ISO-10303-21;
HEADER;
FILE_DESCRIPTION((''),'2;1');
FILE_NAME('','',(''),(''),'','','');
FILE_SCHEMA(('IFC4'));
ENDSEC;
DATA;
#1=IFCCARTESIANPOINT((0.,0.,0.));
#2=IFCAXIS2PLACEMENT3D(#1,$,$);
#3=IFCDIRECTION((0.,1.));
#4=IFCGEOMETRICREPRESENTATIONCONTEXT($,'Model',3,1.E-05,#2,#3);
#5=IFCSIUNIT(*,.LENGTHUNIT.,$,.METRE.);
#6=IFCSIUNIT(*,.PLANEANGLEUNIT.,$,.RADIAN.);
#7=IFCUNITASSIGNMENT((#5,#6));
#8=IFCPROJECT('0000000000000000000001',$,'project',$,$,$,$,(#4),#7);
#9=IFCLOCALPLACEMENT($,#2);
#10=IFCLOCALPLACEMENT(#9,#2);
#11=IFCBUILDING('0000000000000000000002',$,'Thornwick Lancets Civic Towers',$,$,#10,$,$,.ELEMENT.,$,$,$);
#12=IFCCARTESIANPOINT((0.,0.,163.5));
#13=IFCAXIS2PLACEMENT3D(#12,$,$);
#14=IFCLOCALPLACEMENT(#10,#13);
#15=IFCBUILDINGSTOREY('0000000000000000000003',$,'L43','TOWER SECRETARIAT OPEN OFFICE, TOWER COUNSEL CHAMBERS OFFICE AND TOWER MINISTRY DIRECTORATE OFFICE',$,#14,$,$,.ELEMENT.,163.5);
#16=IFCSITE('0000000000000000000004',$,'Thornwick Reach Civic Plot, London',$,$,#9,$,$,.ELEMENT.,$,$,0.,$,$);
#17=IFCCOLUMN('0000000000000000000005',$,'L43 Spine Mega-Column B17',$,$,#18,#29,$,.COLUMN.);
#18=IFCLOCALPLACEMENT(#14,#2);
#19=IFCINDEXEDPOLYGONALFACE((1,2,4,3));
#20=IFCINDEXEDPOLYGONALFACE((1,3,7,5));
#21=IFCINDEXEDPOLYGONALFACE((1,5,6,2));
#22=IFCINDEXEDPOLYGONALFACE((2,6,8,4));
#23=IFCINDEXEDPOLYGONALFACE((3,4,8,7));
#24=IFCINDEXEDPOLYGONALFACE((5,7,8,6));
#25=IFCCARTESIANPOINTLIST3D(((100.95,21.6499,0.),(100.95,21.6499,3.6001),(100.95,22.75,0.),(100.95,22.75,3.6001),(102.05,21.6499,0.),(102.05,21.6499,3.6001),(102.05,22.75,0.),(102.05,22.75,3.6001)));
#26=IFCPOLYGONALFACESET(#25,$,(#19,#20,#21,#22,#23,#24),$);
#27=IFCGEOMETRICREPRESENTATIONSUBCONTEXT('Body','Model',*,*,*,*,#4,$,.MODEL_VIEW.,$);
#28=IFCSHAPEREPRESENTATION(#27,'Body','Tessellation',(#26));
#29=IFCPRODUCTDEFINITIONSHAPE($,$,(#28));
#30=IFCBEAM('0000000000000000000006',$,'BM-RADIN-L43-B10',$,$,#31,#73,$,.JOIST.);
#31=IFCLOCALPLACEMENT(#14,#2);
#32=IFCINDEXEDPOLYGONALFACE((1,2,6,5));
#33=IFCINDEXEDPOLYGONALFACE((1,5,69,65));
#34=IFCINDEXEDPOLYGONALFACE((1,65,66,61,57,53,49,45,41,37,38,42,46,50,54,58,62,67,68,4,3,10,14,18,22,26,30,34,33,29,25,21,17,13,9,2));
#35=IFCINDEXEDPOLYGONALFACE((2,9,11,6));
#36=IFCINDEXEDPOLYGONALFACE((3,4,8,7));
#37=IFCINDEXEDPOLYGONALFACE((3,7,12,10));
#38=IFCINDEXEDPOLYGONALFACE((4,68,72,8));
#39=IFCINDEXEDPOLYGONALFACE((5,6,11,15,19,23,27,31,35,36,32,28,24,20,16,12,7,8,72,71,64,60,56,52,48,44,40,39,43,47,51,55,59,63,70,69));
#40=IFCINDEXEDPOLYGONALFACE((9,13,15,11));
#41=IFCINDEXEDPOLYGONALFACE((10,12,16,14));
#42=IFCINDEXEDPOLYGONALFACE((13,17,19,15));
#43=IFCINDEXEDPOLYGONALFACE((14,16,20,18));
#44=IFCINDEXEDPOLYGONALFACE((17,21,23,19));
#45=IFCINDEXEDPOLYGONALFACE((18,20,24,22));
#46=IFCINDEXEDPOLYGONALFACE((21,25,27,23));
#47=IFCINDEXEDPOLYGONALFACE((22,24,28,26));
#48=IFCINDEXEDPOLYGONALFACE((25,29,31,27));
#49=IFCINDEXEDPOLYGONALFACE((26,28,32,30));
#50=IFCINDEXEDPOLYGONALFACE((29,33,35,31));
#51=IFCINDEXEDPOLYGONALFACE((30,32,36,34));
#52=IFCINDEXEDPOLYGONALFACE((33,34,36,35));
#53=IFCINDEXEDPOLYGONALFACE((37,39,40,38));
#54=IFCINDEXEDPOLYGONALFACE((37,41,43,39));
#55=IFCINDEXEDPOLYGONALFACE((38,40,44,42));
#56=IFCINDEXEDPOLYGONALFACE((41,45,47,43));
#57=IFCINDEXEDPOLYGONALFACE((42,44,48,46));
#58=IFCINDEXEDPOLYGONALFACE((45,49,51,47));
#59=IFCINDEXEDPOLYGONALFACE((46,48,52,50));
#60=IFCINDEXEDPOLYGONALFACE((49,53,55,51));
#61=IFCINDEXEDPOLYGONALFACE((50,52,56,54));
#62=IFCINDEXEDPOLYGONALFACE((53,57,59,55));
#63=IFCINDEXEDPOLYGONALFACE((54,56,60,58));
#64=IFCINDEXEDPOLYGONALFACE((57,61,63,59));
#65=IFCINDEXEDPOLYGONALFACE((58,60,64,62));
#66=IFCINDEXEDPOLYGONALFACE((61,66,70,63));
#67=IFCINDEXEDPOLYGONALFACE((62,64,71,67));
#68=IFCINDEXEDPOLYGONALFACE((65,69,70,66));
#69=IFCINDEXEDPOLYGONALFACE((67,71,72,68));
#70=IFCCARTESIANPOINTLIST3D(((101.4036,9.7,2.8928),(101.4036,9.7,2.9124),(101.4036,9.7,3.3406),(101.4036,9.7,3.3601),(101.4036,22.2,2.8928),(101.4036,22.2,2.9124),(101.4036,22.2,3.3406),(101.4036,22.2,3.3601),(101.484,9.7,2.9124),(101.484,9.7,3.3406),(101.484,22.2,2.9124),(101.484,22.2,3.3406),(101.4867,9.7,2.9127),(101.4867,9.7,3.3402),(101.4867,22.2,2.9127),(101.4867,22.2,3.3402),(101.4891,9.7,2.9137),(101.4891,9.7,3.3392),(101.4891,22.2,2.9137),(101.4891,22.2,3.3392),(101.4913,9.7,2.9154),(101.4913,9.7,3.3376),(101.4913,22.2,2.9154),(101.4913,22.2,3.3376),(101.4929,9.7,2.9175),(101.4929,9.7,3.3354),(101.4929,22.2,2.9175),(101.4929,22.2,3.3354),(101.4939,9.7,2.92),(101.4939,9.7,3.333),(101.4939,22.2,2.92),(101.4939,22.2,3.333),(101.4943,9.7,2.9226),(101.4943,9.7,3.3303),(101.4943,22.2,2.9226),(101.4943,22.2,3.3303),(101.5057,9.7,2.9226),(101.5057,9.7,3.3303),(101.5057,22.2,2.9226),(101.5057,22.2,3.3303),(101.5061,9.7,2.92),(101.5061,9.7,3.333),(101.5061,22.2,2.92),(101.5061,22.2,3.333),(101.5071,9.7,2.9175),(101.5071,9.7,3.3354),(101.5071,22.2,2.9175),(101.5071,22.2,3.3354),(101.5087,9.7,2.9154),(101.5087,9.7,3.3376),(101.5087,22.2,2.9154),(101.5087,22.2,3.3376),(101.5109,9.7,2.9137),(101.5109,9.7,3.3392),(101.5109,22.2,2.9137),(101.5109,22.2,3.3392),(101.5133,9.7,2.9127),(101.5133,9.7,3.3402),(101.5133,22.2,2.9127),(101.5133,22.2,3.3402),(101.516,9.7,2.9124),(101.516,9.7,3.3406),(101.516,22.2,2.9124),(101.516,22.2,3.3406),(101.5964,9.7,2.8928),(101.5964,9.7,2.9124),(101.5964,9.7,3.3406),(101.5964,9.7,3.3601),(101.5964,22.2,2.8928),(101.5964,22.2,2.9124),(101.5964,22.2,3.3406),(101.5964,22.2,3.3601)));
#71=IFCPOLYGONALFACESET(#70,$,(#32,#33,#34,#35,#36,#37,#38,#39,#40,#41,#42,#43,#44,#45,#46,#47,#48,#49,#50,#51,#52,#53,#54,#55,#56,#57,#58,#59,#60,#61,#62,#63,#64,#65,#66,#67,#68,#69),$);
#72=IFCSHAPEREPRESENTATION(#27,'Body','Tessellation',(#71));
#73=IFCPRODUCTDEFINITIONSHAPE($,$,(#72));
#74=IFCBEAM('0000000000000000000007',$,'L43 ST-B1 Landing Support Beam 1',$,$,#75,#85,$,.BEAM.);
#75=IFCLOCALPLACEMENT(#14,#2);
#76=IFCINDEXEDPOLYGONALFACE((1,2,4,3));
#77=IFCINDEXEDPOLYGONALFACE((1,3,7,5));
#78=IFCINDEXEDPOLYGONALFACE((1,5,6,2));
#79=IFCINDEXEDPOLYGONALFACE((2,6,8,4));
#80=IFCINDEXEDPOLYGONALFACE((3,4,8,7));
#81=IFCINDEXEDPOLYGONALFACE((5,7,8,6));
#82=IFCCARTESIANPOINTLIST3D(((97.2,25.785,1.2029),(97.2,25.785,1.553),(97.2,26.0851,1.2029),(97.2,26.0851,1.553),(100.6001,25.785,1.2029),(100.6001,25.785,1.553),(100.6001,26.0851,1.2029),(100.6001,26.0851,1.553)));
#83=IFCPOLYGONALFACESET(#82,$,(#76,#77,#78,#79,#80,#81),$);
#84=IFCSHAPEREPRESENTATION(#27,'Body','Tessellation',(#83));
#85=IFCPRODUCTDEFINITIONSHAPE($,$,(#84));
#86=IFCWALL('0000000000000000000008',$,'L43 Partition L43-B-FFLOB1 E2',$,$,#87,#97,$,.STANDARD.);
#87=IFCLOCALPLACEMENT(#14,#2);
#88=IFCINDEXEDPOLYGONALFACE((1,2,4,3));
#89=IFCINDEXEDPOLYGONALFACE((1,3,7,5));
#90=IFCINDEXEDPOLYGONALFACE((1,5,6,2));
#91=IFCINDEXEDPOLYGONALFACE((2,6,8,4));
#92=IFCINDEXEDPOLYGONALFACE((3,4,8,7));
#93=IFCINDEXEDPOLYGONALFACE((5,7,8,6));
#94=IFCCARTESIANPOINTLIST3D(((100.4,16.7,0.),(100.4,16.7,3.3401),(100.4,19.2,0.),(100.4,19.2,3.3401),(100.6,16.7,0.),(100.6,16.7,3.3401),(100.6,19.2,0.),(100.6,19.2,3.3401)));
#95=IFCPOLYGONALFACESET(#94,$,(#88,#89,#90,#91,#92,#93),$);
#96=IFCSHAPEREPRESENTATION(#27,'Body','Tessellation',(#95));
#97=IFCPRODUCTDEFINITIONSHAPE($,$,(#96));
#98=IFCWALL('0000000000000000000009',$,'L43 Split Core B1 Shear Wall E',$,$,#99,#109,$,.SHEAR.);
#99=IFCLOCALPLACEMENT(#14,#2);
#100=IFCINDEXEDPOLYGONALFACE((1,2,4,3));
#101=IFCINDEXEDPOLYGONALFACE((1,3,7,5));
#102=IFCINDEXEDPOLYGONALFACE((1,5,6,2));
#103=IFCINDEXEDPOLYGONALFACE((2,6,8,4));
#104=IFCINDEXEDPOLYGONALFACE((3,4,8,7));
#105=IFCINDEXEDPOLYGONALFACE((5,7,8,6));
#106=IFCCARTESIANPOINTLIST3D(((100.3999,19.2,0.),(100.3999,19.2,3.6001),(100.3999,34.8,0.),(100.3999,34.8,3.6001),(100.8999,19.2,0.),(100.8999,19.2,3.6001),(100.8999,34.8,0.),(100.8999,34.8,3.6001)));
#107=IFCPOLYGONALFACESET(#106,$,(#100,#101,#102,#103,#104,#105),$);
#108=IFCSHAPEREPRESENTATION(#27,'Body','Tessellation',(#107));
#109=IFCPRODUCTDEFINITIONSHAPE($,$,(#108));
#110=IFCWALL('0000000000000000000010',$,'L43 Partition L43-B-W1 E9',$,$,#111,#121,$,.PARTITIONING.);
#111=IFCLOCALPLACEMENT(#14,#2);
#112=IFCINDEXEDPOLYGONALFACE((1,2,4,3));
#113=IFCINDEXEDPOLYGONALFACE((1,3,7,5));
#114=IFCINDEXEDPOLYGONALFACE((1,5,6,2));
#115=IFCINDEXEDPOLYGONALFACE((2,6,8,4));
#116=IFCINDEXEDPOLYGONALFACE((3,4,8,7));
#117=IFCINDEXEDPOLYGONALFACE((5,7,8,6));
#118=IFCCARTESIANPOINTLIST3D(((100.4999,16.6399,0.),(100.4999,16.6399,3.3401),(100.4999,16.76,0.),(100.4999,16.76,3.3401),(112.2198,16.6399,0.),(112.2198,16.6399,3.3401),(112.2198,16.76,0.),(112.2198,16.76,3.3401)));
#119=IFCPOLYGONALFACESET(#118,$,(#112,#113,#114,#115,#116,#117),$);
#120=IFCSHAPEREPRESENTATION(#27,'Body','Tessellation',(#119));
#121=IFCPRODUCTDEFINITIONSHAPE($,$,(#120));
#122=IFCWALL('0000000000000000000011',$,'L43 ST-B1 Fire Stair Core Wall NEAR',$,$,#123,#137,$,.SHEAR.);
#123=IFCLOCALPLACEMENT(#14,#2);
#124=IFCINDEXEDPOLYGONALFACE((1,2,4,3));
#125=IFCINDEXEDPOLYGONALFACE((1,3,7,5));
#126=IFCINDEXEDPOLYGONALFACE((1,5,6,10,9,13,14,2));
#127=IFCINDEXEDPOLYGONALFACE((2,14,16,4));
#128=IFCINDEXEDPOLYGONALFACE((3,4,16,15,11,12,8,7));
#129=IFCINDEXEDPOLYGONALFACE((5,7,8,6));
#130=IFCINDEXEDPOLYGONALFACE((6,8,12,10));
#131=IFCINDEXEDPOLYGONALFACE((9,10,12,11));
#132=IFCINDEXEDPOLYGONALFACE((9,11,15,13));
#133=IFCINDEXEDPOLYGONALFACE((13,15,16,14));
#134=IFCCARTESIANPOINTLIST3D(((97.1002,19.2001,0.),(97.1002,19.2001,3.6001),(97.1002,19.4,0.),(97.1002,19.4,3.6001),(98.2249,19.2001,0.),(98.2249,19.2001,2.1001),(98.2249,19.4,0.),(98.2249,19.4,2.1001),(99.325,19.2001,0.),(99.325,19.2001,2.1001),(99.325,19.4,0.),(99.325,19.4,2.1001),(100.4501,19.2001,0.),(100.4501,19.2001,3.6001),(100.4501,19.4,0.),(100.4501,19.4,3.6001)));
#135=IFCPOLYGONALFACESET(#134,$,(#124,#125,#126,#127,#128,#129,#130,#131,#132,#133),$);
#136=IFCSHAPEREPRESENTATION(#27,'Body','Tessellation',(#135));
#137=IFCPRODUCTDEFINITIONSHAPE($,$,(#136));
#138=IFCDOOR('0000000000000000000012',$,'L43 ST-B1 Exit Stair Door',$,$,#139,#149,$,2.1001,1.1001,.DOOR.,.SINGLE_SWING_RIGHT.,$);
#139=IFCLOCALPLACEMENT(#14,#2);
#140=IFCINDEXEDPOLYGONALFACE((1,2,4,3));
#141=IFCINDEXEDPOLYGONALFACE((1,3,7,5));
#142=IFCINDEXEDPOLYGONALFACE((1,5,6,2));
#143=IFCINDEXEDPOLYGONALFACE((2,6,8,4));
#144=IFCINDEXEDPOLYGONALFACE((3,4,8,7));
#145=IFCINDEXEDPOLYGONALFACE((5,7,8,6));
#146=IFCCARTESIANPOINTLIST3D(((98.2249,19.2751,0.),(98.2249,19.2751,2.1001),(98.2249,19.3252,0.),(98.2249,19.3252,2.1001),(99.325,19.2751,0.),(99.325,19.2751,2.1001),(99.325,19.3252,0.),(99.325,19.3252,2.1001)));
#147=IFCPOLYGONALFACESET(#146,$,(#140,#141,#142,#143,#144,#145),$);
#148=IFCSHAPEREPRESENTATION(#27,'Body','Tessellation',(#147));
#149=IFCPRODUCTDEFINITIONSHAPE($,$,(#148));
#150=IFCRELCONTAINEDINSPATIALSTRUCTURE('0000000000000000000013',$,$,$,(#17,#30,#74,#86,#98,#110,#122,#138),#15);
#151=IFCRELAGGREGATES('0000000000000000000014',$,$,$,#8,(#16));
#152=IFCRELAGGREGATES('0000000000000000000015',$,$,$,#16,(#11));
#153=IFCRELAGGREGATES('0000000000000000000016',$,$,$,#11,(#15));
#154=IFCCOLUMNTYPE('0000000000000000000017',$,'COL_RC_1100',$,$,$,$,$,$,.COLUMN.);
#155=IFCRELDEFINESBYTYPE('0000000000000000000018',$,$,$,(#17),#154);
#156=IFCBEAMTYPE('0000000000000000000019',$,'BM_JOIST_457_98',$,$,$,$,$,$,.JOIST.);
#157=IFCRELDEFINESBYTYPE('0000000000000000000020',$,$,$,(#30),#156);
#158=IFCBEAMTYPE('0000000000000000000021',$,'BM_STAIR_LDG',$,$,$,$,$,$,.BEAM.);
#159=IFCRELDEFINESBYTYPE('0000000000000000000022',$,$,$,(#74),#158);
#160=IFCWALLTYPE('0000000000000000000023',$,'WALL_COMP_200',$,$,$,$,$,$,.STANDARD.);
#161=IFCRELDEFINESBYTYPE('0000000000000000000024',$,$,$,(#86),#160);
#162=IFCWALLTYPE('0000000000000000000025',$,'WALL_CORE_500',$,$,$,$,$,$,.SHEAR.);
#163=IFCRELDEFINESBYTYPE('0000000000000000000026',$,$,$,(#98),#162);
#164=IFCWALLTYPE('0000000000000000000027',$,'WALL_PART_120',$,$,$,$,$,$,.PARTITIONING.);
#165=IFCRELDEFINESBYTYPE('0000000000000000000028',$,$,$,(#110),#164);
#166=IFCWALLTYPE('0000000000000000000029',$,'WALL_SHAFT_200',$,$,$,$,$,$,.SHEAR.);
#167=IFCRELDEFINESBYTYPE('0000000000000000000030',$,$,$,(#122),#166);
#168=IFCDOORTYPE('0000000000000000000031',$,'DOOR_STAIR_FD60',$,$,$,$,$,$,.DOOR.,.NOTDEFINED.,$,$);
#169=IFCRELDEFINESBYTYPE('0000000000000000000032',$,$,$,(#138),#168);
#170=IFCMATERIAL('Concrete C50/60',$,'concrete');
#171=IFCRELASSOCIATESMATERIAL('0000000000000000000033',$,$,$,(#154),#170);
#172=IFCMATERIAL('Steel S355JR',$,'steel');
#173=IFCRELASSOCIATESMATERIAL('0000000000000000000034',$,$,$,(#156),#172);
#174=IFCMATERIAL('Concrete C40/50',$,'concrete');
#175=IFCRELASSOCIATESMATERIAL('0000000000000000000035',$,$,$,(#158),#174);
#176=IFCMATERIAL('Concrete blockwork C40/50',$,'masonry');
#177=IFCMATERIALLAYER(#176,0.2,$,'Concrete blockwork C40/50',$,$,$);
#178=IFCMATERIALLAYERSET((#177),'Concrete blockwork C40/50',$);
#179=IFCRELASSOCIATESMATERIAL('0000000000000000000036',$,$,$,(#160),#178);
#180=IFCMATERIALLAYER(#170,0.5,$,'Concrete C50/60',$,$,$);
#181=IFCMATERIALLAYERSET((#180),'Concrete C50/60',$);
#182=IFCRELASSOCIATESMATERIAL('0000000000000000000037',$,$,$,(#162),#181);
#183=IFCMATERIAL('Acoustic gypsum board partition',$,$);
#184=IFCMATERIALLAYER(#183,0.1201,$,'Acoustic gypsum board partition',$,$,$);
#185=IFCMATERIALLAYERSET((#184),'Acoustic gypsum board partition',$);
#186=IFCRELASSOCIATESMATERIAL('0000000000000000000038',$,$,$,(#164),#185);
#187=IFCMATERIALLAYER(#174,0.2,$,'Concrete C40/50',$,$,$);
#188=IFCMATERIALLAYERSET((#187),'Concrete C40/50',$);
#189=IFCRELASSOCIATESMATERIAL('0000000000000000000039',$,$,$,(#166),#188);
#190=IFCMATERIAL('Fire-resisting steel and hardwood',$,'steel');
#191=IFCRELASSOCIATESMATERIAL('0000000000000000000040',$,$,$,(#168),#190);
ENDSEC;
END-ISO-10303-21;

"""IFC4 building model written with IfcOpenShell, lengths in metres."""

from ifc_helpers import new_model, si_unit, direction, frame, frame_2d, origin, origin_2d, place, context, subcontext, project, spatial, rectangle, i_section, extrude, material, layer, layer_set, material_profile, profile_set, type_object, element, fill, save


model = new_model("IFC4")

# Units and contexts
model_context = context("Model", 3, precision=1e-05, world=origin(), true_north=direction((0.0, 1.0)))
body_context = subcontext(model_context, "Body", "Model", "MODEL_VIEW")
ifc_project = project(units=[si_unit("LENGTHUNIT", "METRE"), si_unit("PLANEANGLEUNIT", "RADIAN")], contexts=[model_context])

# Site, building, storey
site_placement = place(None, origin())
site = spatial("IfcSite", under=ifc_project, at=site_placement, Name="Thornwick Reach Civic Plot, London", CompositionType="ELEMENT", RefElevation=0.0)
building_placement = place(site_placement, origin())
building = spatial("IfcBuilding", under=site, at=building_placement, Name="Thornwick Lancets Civic Towers", CompositionType="ELEMENT")
storey_placement = place(building_placement, frame((0.0, 0.0, 163.5)))
storey = spatial("IfcBuildingStorey", under=building, at=storey_placement, Name="L43", Description="TOWER SECRETARIAT OPEN OFFICE, TOWER COUNSEL CHAMBERS OFFICE AND TOWER MINISTRY DIRECTORATE OFFICE", CompositionType="ELEMENT", Elevation=163.5)

# Column
ifc_material_1 = material(Name="Concrete C50/60", Category="concrete")
ifc_material_profile_1 = material_profile(ifc_material_1, rectangle(XDim=1.1001, YDim=1.1001, at=origin_2d()), Name="RC 1100x1100")
ifc_profile_set_1 = profile_set([ifc_material_profile_1], Name="Concrete C50/60")
column_type = type_object("IfcColumnType", Name="COL_RC_1100", PredefinedType="COLUMN", material=ifc_profile_set_1)
column_placement = place(storey_placement, frame((101.5, 22.2, 0.0), z_axis=(0.0, 0.0, 1.0), x_axis=(1.0, 0.0, 0.0)))
element("IfcColumn", 1, at=column_placement, inside=storey, type_object=column_type, Name="L43 Spine Mega-Column B17", PredefinedType="COLUMN", context=body_context, shape_type="SweptSolid", body=[
    extrude(rectangle(XDim=1.1001, YDim=1.1001, at=origin_2d()), origin(), (0.0, 0.0, 1.0), 3.6001),
])

# Beams
ifc_material_2 = material(Name="Steel S355JR", Category="steel")
ifc_material_profile_2 = material_profile(ifc_material_2, i_section(OverallWidth=0.1929, OverallDepth=0.4673, WebThickness=0.0115, FlangeThickness=0.0195, FilletRadius=0.0103, at=origin_2d()), Name="UKB 457x191x98")
ifc_profile_set_2 = profile_set([ifc_material_profile_2], Name="Steel S355JR")
beam_type_1 = type_object("IfcBeamType", Name="BM_JOIST_457_98", PredefinedType="JOIST", material=ifc_profile_set_2)
beam_1_placement = place(storey_placement, frame((101.5, 22.2, 3.1265), z_axis=(0.0, -1.0, 0.0), x_axis=(1.0, 0.0, 0.0)))
element("IfcBeam", 2, at=beam_1_placement, inside=storey, type_object=beam_type_1, Name="BM-RADIN-L43-B10", PredefinedType="JOIST", context=body_context, shape_type="SweptSolid", body=[
    extrude(i_section(OverallWidth=0.1929, OverallDepth=0.4673, WebThickness=0.0115, FlangeThickness=0.0195, FilletRadius=0.0103, at=origin_2d()), origin(), (0.0, 0.0, 1.0), 12.5),
])
ifc_material_3 = material(Name="Concrete C40/50", Category="concrete")
ifc_material_profile_3 = material_profile(ifc_material_3, rectangle(XDim=0.3, YDim=0.3501, at=origin_2d()), Name="RC 300x350")
ifc_profile_set_3 = profile_set([ifc_material_profile_3], Name="Concrete C40/50")
beam_type_2 = type_object("IfcBeamType", Name="BM_STAIR_LDG", PredefinedType="BEAM", material=ifc_profile_set_3)
beam_2_placement = place(storey_placement, frame((100.6001, 25.9351, 1.3779), z_axis=(-1.0, 0.0, 0.0), x_axis=(0.0, -1.0, 0.0)))
element("IfcBeam", 3, at=beam_2_placement, inside=storey, type_object=beam_type_2, Name="L43 ST-B1 Landing Support Beam 1", PredefinedType="BEAM", context=body_context, shape_type="SweptSolid", body=[
    extrude(rectangle(XDim=0.3, YDim=0.3501, at=origin_2d()), origin(), (0.0, 0.0, 1.0), 3.4001),
])

# Walls
ifc_material_4 = material(Name="Concrete blockwork C40/50", Category="masonry")
ifc_layer_1 = layer(ifc_material_4, 0.2, Name="Concrete blockwork C40/50")
ifc_layer_set_1 = layer_set([ifc_layer_1], Name="Concrete blockwork C40/50")
wall_type_1 = type_object("IfcWallType", Name="WALL_COMP_200", PredefinedType="STANDARD", material=ifc_layer_set_1)
wall_1_placement = place(storey_placement, frame((100.5, 16.7, 0.0), z_axis=(0.0, 0.0, 1.0), x_axis=(0.0, 1.0, 0.0)))
element("IfcWall", 4, at=wall_1_placement, inside=storey, type_object=wall_type_1, Name="L43 Partition L43-B-FFLOB1 E2", PredefinedType="STANDARD", context=body_context, shape_type="SweptSolid", body=[
    extrude(rectangle(XDim=2.5, YDim=0.2, at=frame_2d((1.25, 0.0))), origin(), (0.0, 0.0, 1.0), 3.3401),
])
ifc_layer_2 = layer(ifc_material_1, 0.5, Name="Concrete C50/60")
ifc_layer_set_2 = layer_set([ifc_layer_2], Name="Concrete C50/60")
wall_type_2 = type_object("IfcWallType", Name="WALL_CORE_500", PredefinedType="SHEAR", material=ifc_layer_set_2)
wall_2_placement = place(storey_placement, frame((100.6499, 19.2, 0.0), z_axis=(0.0, 0.0, 1.0), x_axis=(0.0, 1.0, 0.0)))
element("IfcWall", 5, at=wall_2_placement, inside=storey, type_object=wall_type_2, Name="L43 Split Core B1 Shear Wall E", PredefinedType="SHEAR", context=body_context, shape_type="SweptSolid", body=[
    extrude(rectangle(XDim=15.6001, YDim=0.5, at=frame_2d((7.8, 0.0))), origin(), (0.0, 0.0, 1.0), 3.6001),
])
ifc_material_5 = material(Name="Acoustic gypsum board partition")
ifc_layer_3 = layer(ifc_material_5, 0.1201, Name="Acoustic gypsum board partition")
ifc_layer_set_3 = layer_set([ifc_layer_3], Name="Acoustic gypsum board partition")
wall_type_3 = type_object("IfcWallType", Name="WALL_PART_120", PredefinedType="PARTITIONING", material=ifc_layer_set_3)
wall_3_placement = place(storey_placement, frame((100.5, 16.7, 0.0), z_axis=(0.0, 0.0, 1.0), x_axis=(1.0, 0.0, 0.0)))
element("IfcWall", 6, at=wall_3_placement, inside=storey, type_object=wall_type_3, Name="L43 Partition L43-B-W1 E9", PredefinedType="PARTITIONING", context=body_context, shape_type="SweptSolid", body=[
    extrude(rectangle(XDim=11.72, YDim=0.1201, at=frame_2d((5.8599, 0.0))), origin(), (0.0, 0.0, 1.0), 3.3401),
])

# Wall, opening, door
ifc_layer_4 = layer(ifc_material_3, 0.2, Name="Concrete C40/50")
ifc_layer_set_4 = layer_set([ifc_layer_4], Name="Concrete C40/50")
wall_type_4 = type_object("IfcWallType", Name="WALL_SHAFT_200", PredefinedType="SHEAR", material=ifc_layer_set_4)
wall_4_placement = place(storey_placement, frame((100.45, 19.3, 0.0), z_axis=(0.0, 0.0, 1.0), x_axis=(-1.0, 0.0, 0.0)))
wall_4 = element("IfcWall", 7, at=wall_4_placement, inside=storey, type_object=wall_type_4, Name="L43 ST-B1 Fire Stair Core Wall NEAR", PredefinedType="SHEAR", context=body_context, shape_type="SweptSolid", body=[
    extrude(rectangle(XDim=3.3499, YDim=0.2, at=frame_2d((1.6748, 0.0))), origin(), (0.0, 0.0, 1.0), 3.6001),
])
opening_placement = place(wall_4_placement, frame((1.125, 0.0, 0.0)))
opening = element("IfcOpeningElement", 8, at=opening_placement, cuts=wall_4, PredefinedType="OPENING", context=body_context, shape_type="SweptSolid", body=[
    extrude(rectangle(XDim=1.1001, YDim=2.1001, at=frame_2d((0.55, 1.05))), frame((0.0, 0.1099, 0.0), z_axis=(0.0, -1.0, 0.0), x_axis=(1.0, 0.0, 0.0)), (0.0, 0.0, 1.0), 0.22),
])
ifc_material_6 = material(Name="Fire-resisting steel and hardwood", Category="steel")
door_type = type_object("IfcDoorType", Name="DOOR_STAIR_FD60", OperationType="NOTDEFINED", PredefinedType="DOOR", material=ifc_material_6)
door_placement = place(opening_placement, origin())
door = element("IfcDoor", 9, at=door_placement, inside=storey, type_object=door_type, Name="L43 ST-B1 Exit Stair Door", OperationType="SINGLE_SWING_RIGHT", OverallHeight=2.1001, OverallWidth=1.1001, PredefinedType="DOOR", context=body_context, shape_type="SweptSolid", body=[
    extrude(rectangle(XDim=1.1001, YDim=2.1001, at=frame_2d((0.55, 1.05))), frame((0.0, 0.0249, 0.0), z_axis=(0.0, -1.0, 0.0), x_axis=(1.0, 0.0, 0.0)), (0.0, 0.0, 1.0), 0.05),
])
fill(opening, door)

save(model, "model.ifc")
